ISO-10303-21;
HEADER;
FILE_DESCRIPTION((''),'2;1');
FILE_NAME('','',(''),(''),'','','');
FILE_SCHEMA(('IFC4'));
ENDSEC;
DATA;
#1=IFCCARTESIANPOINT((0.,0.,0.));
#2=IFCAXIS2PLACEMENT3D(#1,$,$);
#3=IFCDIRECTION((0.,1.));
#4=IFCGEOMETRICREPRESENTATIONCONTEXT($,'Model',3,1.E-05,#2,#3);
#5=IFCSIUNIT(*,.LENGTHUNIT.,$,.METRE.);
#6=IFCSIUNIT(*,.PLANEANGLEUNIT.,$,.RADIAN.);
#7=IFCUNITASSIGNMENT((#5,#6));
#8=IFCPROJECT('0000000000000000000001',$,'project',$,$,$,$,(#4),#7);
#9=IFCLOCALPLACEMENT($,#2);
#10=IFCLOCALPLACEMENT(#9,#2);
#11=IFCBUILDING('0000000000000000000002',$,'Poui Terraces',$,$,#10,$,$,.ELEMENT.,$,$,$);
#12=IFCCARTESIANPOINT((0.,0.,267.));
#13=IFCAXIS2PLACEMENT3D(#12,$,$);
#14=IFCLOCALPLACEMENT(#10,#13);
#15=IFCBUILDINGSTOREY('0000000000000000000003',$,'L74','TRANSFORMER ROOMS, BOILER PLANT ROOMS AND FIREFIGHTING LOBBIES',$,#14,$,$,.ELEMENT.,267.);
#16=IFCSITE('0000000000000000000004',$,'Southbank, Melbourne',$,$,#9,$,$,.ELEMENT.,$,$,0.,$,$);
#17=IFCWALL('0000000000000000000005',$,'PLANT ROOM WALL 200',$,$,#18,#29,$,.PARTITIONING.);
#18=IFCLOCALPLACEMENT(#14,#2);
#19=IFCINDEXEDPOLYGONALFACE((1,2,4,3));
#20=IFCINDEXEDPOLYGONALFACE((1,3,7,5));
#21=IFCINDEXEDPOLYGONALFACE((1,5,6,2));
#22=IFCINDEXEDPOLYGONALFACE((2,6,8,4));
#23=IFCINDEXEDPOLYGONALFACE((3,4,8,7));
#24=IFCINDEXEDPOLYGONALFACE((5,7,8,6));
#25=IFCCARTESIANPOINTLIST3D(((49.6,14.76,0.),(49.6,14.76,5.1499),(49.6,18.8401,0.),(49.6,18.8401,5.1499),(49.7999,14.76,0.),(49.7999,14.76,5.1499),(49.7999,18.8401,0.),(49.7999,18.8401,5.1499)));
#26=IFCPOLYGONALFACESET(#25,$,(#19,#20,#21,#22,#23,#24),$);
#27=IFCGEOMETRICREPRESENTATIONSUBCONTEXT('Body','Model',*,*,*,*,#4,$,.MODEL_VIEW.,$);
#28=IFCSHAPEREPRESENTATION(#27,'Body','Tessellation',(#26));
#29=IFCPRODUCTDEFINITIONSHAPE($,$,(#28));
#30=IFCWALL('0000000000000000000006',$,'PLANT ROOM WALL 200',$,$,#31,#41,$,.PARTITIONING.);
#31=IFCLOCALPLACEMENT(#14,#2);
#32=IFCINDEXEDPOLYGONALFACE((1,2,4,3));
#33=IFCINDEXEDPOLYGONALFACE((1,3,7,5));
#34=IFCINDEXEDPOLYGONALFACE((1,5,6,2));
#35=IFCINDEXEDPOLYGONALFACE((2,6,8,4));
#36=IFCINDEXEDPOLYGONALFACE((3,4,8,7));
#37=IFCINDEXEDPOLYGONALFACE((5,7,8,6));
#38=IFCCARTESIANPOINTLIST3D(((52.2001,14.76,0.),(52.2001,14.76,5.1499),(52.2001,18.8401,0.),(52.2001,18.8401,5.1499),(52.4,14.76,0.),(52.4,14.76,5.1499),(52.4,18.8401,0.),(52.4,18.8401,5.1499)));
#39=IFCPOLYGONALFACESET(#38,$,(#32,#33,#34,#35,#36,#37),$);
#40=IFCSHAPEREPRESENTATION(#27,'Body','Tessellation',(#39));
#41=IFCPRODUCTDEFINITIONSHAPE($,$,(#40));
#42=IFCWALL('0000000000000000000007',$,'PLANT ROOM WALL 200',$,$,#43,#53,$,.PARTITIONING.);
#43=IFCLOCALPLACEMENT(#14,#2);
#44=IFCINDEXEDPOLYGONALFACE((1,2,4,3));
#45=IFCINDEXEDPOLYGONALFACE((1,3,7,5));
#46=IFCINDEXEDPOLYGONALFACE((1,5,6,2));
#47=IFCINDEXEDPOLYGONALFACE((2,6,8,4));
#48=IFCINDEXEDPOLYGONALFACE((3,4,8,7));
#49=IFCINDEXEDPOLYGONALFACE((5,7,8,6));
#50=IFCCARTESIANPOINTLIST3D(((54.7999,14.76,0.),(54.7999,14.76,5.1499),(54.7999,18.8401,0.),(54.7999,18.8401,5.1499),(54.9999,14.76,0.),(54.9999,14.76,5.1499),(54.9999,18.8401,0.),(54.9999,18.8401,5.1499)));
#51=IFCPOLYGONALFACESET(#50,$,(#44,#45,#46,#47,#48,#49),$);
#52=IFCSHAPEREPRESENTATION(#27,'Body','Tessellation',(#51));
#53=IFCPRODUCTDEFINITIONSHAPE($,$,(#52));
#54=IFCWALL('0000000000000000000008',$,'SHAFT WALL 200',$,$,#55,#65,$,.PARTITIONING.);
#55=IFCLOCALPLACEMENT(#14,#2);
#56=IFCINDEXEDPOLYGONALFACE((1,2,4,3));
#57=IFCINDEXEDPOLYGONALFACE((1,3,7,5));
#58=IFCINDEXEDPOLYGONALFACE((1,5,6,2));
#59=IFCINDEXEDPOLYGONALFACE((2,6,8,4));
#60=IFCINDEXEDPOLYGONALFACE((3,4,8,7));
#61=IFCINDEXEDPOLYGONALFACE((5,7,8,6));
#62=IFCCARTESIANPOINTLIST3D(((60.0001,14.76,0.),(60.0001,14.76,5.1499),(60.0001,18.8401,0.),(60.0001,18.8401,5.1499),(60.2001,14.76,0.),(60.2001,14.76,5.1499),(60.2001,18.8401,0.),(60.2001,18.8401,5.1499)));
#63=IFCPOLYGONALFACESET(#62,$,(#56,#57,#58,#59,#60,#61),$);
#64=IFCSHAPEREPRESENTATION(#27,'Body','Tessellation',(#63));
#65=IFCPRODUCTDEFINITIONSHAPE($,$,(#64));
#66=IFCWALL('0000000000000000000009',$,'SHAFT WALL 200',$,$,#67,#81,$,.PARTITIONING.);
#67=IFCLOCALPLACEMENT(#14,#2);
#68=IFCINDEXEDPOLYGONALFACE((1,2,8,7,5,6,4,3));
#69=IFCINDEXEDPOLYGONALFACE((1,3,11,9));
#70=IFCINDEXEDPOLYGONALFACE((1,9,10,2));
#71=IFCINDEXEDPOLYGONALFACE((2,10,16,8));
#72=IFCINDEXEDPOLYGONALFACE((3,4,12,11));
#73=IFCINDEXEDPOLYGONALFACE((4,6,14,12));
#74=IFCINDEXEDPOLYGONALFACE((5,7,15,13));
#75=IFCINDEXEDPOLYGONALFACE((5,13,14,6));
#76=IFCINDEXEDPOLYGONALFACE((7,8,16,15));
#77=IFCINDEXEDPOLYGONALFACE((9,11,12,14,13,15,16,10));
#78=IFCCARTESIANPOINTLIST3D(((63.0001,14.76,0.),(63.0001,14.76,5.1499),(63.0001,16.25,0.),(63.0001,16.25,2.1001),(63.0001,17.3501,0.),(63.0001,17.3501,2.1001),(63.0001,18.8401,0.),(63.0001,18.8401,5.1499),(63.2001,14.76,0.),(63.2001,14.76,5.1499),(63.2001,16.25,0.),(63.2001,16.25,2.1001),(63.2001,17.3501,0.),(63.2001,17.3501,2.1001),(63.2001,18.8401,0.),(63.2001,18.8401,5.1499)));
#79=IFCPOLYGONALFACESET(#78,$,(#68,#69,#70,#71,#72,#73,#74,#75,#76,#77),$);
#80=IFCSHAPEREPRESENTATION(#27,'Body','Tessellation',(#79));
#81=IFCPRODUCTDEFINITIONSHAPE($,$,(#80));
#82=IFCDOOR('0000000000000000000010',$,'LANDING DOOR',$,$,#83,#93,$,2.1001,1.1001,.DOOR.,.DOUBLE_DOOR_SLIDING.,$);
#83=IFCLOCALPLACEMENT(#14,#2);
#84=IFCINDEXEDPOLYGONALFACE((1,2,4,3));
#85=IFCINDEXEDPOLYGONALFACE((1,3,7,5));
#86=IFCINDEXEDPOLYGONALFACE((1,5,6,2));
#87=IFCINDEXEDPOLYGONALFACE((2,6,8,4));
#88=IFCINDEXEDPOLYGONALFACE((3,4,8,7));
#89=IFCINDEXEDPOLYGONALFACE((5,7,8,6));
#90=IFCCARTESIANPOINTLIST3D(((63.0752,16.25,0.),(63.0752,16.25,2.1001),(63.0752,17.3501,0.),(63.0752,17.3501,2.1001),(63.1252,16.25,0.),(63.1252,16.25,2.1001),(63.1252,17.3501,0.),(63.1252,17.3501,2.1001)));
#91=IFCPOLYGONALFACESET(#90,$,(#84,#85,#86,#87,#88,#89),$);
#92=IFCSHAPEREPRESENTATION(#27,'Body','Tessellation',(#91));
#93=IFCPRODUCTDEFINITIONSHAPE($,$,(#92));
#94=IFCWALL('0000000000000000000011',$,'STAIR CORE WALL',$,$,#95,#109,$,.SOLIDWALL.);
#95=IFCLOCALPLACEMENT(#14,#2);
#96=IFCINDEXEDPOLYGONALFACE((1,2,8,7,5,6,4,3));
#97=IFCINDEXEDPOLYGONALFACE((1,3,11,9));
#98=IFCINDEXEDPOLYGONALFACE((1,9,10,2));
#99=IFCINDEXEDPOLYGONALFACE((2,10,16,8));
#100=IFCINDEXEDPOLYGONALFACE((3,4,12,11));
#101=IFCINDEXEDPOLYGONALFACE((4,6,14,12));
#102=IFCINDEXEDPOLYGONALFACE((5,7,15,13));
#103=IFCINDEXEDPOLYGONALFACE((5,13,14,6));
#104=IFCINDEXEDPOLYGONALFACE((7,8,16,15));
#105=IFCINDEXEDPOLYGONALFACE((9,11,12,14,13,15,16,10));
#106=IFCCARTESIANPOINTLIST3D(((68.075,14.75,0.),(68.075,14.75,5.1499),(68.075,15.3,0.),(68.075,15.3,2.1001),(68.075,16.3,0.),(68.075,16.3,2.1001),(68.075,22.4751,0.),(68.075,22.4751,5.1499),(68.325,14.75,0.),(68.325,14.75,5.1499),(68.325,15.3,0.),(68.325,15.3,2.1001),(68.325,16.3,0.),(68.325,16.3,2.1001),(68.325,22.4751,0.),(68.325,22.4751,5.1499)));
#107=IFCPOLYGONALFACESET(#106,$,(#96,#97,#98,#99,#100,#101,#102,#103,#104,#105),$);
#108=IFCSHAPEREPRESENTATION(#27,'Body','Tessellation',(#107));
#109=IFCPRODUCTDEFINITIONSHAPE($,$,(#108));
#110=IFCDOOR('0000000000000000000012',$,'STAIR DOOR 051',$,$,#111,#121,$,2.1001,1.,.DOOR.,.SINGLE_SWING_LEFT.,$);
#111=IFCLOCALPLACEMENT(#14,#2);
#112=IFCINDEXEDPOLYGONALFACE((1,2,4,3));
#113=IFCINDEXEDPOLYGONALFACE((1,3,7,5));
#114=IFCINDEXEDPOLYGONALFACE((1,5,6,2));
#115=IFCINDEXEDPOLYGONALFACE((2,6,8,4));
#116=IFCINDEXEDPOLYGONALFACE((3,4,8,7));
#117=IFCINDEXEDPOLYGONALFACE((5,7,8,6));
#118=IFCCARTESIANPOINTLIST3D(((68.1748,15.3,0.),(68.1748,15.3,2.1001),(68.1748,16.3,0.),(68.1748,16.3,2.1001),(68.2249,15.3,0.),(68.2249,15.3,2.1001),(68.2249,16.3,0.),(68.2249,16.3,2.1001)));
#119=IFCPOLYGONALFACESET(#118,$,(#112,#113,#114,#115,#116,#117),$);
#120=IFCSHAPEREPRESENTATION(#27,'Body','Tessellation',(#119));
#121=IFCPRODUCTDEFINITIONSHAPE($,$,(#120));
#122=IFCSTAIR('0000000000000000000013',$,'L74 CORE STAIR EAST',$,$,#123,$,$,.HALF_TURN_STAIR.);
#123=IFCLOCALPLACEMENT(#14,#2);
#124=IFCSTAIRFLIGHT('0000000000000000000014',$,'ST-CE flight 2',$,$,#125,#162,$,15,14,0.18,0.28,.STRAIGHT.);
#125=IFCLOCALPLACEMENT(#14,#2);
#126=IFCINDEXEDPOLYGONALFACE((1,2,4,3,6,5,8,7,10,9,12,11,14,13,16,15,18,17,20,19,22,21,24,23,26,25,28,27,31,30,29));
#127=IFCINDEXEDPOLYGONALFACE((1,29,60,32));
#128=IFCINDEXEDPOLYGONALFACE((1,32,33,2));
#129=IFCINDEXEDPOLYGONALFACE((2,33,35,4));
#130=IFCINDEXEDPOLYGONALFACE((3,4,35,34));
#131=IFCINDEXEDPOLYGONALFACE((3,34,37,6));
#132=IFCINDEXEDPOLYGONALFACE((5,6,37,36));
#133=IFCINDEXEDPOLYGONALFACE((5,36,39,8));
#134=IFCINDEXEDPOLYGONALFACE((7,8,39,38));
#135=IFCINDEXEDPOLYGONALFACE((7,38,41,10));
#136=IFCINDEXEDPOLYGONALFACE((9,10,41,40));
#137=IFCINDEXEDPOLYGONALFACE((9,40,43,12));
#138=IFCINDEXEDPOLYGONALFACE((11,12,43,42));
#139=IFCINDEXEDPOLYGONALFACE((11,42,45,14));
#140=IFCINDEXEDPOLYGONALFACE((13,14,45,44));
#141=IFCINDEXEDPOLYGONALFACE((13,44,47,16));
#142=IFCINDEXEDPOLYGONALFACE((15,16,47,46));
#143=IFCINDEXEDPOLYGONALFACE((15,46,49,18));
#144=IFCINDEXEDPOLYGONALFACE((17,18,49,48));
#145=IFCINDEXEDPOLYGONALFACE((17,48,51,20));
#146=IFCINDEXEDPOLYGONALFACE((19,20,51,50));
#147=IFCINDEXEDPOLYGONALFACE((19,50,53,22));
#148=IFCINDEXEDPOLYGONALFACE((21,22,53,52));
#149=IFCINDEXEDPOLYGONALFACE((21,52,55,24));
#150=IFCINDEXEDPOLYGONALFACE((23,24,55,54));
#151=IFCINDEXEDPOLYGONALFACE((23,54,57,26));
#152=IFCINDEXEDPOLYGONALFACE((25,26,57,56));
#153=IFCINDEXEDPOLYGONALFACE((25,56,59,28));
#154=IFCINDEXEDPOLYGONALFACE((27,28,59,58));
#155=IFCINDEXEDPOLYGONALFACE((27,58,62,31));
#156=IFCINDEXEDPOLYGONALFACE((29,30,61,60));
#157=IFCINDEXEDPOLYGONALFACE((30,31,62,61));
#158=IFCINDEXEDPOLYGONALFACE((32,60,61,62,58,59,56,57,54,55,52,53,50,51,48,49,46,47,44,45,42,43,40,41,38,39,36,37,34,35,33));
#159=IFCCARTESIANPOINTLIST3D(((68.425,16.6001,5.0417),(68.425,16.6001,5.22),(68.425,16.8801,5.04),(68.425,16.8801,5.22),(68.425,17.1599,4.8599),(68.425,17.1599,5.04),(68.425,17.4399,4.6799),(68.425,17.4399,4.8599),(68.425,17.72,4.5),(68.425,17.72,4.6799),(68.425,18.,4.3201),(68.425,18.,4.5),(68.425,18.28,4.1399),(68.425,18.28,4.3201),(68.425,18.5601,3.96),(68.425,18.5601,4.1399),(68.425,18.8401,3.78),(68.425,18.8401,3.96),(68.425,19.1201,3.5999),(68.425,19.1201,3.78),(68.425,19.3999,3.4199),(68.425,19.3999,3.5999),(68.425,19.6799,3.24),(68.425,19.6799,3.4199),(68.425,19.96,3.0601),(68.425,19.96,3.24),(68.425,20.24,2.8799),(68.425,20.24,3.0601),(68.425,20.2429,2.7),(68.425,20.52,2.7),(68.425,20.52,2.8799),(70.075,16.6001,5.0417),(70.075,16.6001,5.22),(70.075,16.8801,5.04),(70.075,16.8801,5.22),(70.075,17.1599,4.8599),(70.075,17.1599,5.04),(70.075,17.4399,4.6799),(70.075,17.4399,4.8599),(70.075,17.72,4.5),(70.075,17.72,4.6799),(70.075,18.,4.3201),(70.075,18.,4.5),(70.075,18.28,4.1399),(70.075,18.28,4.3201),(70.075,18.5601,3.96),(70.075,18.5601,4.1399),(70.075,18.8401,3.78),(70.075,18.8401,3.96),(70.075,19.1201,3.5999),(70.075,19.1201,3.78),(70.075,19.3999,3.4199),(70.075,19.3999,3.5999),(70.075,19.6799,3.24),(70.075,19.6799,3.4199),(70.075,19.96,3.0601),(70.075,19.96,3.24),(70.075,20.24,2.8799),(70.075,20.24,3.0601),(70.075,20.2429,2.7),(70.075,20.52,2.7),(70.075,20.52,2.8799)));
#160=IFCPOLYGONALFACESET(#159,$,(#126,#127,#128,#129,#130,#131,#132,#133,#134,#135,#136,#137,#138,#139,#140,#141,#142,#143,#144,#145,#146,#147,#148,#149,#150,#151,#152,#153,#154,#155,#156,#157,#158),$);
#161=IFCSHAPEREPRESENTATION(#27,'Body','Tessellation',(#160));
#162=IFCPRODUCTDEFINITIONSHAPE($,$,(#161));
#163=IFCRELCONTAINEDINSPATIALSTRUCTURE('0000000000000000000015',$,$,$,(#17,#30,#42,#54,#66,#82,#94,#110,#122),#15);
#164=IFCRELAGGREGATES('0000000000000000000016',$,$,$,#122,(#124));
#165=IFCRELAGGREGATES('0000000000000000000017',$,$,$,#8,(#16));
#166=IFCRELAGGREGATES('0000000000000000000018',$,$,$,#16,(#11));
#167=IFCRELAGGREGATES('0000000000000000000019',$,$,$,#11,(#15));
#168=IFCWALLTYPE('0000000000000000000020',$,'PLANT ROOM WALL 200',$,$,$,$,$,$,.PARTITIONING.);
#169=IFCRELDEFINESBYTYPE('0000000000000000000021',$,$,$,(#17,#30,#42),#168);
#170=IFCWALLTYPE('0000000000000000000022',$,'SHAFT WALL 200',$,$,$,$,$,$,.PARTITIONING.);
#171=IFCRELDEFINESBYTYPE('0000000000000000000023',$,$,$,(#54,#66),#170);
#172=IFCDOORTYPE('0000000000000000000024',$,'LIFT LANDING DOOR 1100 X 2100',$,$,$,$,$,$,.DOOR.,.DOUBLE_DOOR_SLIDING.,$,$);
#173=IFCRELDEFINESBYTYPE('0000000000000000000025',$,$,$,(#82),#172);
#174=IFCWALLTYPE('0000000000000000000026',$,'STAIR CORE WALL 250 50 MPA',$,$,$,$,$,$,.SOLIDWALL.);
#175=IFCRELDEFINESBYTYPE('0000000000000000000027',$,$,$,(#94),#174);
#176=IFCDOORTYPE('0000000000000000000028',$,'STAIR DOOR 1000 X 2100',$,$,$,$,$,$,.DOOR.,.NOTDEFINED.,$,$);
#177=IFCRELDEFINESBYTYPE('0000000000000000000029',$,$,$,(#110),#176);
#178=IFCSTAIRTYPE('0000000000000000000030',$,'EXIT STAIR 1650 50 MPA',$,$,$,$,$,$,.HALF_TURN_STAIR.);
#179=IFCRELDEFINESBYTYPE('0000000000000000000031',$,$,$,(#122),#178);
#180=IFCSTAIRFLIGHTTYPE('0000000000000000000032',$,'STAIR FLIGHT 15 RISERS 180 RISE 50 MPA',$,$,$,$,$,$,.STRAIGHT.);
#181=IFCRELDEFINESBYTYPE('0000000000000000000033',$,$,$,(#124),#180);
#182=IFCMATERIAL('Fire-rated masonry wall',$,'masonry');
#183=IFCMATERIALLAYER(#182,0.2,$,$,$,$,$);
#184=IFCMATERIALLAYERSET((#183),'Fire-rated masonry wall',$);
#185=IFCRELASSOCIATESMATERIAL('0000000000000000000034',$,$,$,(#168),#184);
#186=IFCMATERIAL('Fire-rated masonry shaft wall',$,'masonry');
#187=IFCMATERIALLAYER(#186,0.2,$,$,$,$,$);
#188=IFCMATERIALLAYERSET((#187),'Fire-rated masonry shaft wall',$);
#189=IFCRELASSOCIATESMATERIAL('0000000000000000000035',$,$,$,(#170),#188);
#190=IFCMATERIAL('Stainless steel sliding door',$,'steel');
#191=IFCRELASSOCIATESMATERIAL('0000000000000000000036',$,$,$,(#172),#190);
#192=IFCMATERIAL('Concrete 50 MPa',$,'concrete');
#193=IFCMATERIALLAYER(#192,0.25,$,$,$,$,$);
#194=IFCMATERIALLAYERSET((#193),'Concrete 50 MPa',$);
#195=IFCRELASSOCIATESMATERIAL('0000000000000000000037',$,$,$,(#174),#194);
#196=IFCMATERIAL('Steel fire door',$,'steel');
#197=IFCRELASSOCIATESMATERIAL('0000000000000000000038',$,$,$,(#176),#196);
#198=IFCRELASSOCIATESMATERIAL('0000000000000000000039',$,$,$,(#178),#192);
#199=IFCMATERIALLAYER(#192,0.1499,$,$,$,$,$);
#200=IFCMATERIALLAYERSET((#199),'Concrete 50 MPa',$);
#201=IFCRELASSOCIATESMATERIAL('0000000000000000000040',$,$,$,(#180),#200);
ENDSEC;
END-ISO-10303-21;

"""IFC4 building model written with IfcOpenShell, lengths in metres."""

from ifc_helpers import new_model, si_unit, direction, frame, frame_2d, origin, place, context, subcontext, project, spatial, polyline, rectangle, outline, extrude, material, layer, layer_set, type_object, element, fill, aggregate, save


model = new_model("IFC4")

# Units and contexts
model_context = context("Model", 3, precision=1e-05, world=origin(), true_north=direction((0.0, 1.0)))
body_context = subcontext(model_context, "Body", "Model", "MODEL_VIEW")
ifc_project = project(units=[si_unit("LENGTHUNIT", "METRE"), si_unit("PLANEANGLEUNIT", "RADIAN")], contexts=[model_context])

# Site, building, storey
site_placement = place(None, origin())
site = spatial("IfcSite", under=ifc_project, at=site_placement, Name="Southbank, Melbourne", CompositionType="ELEMENT", RefElevation=0.0)
building_placement = place(site_placement, origin())
building = spatial("IfcBuilding", under=site, at=building_placement, Name="Poui Terraces", CompositionType="ELEMENT")
storey_placement = place(building_placement, frame((0.0, 0.0, 267.0)))
storey = spatial("IfcBuildingStorey", under=building, at=storey_placement, Name="L74", Description="TRANSFORMER ROOMS, BOILER PLANT ROOMS AND FIREFIGHTING LOBBIES", CompositionType="ELEMENT", Elevation=267.0)

# Shared definitions
ifc_material_1 = material(Name="Concrete 50 MPa", Category="concrete")

# Shared definitions
ifc_material_2 = material(Name="Steel fire door", Category="steel")

# Walls
ifc_material_3 = material(Name="Fire-rated masonry wall", Category="masonry")
ifc_layer_1 = layer(ifc_material_3, 0.2)
ifc_layer_set_1 = layer_set([ifc_layer_1], Name="Fire-rated masonry wall")
wall_type_1 = type_object("IfcWallType", Name="PLANT ROOM WALL 200", PredefinedType="PARTITIONING", material=ifc_layer_set_1)
for number, where, z_axis, x_axis, name in (
    (1, (49.7, 14.76, 0.0), (0.0, 0.0, 1.0), (0.0, 1.0, 0.0), "PLANT ROOM WALL 200"),
    (2, (52.3, 14.76, 0.0), (0.0, 0.0, 1.0), (0.0, 1.0, 0.0), "PLANT ROOM WALL 200"),
    (3, (54.8999, 14.76, 0.0), (0.0, 0.0, 1.0), (0.0, 1.0, 0.0), "PLANT ROOM WALL 200"),
):
    element("IfcWall", number, at=place(storey_placement, frame(where, z_axis=z_axis, x_axis=x_axis)), inside=storey, type_object=wall_type_1, Name=name, PredefinedType="PARTITIONING", context=body_context, shape_type="SweptSolid", body=[
        extrude(rectangle(XDim=4.0801, YDim=0.2, at=frame_2d((2.04, 0.0))), origin(), (0.0, 0.0, 1.0), 5.1499),
    ])
ifc_material_4 = material(Name="Fire-rated masonry shaft wall", Category="masonry")
ifc_layer_2 = layer(ifc_material_4, 0.2)
ifc_layer_set_2 = layer_set([ifc_layer_2], Name="Fire-rated masonry shaft wall")
wall_type_2 = type_object("IfcWallType", Name="SHAFT WALL 200", PredefinedType="PARTITIONING", material=ifc_layer_set_2)
wall_1_placement = place(storey_placement, frame((60.1001, 14.76, 0.0), z_axis=(0.0, 0.0, 1.0), x_axis=(0.0, 1.0, 0.0)))
element("IfcWall", 4, at=wall_1_placement, inside=storey, type_object=wall_type_2, Name="SHAFT WALL 200", PredefinedType="PARTITIONING", context=body_context, shape_type="SweptSolid", body=[
    extrude(rectangle(XDim=4.0801, YDim=0.2, at=frame_2d((2.04, 0.0))), origin(), (0.0, 0.0, 1.0), 5.1499),
])

# Walls, openings, doors
wall_2_placement = place(storey_placement, frame((63.1001, 14.76, 0.0), z_axis=(0.0, 0.0, 1.0), x_axis=(0.0, 1.0, 0.0)))
wall_2 = element("IfcWall", 5, at=wall_2_placement, inside=storey, type_object=wall_type_2, Name="SHAFT WALL 200", PredefinedType="PARTITIONING", context=body_context, shape_type="SweptSolid", body=[
    extrude(rectangle(XDim=4.0801, YDim=0.2, at=frame_2d((2.04, 0.0))), origin(), (0.0, 0.0, 1.0), 5.1499),
])
opening_1_placement = place(wall_2_placement, frame((1.49, 0.0, 0.0)))
opening_1 = element("IfcOpeningElement", 6, at=opening_1_placement, cuts=wall_2, PredefinedType="OPENING", context=body_context, shape_type="SweptSolid", body=[
    extrude(rectangle(XDim=1.1001, YDim=2.1001, at=frame_2d((0.55, 1.05))), frame((0.0, 0.1099, 0.0), z_axis=(0.0, -1.0, 0.0), x_axis=(1.0, 0.0, 0.0)), (0.0, 0.0, 1.0), 0.22),
])
ifc_material_5 = material(Name="Stainless steel sliding door", Category="steel")
door_type_1 = type_object("IfcDoorType", Name="LIFT LANDING DOOR 1100 X 2100", OperationType="DOUBLE_DOOR_SLIDING", PredefinedType="DOOR", material=ifc_material_5)
door_1_placement = place(opening_1_placement, origin())
door_1 = element("IfcDoor", 7, at=door_1_placement, inside=storey, type_object=door_type_1, Name="LANDING DOOR", OperationType="DOUBLE_DOOR_SLIDING", OverallHeight=2.1001, OverallWidth=1.1001, PredefinedType="DOOR", context=body_context, shape_type="SweptSolid", body=[
    extrude(rectangle(XDim=1.1001, YDim=2.1001, at=frame_2d((0.55, 1.05))), frame((0.0, 0.0249, 0.0), z_axis=(0.0, -1.0, 0.0), x_axis=(1.0, 0.0, 0.0)), (0.0, 0.0, 1.0), 0.05),
])
fill(opening_1, door_1)
ifc_layer_3 = layer(ifc_material_1, 0.25)
ifc_layer_set_3 = layer_set([ifc_layer_3], Name="Concrete 50 MPa")
wall_type_3 = type_object("IfcWallType", Name="STAIR CORE WALL 250 50 MPA", PredefinedType="SOLIDWALL", material=ifc_layer_set_3)
wall_3_placement = place(storey_placement, frame((68.2, 14.75, 0.0), z_axis=(0.0, 0.0, 1.0), x_axis=(0.0, 1.0, 0.0)))
wall_3 = element("IfcWall", 8, at=wall_3_placement, inside=storey, type_object=wall_type_3, Name="STAIR CORE WALL", PredefinedType="SOLIDWALL", context=body_context, shape_type="SweptSolid", body=[
    extrude(rectangle(XDim=7.7251, YDim=0.25, at=frame_2d((3.8625, 0.0))), origin(), (0.0, 0.0, 1.0), 5.1499),
])
opening_2_placement = place(wall_3_placement, frame((0.55, 0.0, 0.0)))
opening_2 = element("IfcOpeningElement", 9, at=opening_2_placement, cuts=wall_3, PredefinedType="OPENING", context=body_context, shape_type="SweptSolid", body=[
    extrude(rectangle(XDim=1.0, YDim=2.1001, at=frame_2d((0.5, 1.05))), frame((0.0, 0.135, 0.0), z_axis=(0.0, -1.0, 0.0), x_axis=(1.0, 0.0, 0.0)), (0.0, 0.0, 1.0), 0.27),
])
door_type_2 = type_object("IfcDoorType", Name="STAIR DOOR 1000 X 2100", OperationType="NOTDEFINED", PredefinedType="DOOR", material=ifc_material_2)
door_2_placement = place(opening_2_placement, frame((1.0, 0.0, 0.0), z_axis=(0.0, 0.0, 1.0), x_axis=(-1.0, 0.0, 0.0)))
door_2 = element("IfcDoor", 10, at=door_2_placement, inside=storey, type_object=door_type_2, Name="STAIR DOOR 051", OperationType="SINGLE_SWING_LEFT", OverallHeight=2.1001, OverallWidth=1.0, PredefinedType="DOOR", context=body_context, shape_type="SweptSolid", body=[
    extrude(rectangle(XDim=1.0, YDim=2.1001, at=frame_2d((0.5, 1.05))), frame((0.0, 0.0249, 0.0), z_axis=(0.0, -1.0, 0.0), x_axis=(1.0, 0.0, 0.0)), (0.0, 0.0, 1.0), 0.05),
])
fill(opening_2, door_2)

# Stair, stair flight
stair_type = type_object("IfcStairType", Name="EXIT STAIR 1650 50 MPA", PredefinedType="HALF_TURN_STAIR", material=ifc_material_1)
stair_placement = place(storey_placement, origin())
stair = element("IfcStair", 11, at=stair_placement, inside=storey, type_object=stair_type, Name="L74 CORE STAIR EAST", PredefinedType="HALF_TURN_STAIR")
ifc_layer_4 = layer(ifc_material_1, 0.1499)
ifc_layer_set_4 = layer_set([ifc_layer_4], Name="Concrete 50 MPa")
stair_flight_type = type_object("IfcStairFlightType", Name="STAIR FLIGHT 15 RISERS 180 RISE 50 MPA", PredefinedType="STRAIGHT", material=ifc_layer_set_4)
stair_flight_placement = place(storey_placement, frame((69.25, 20.52, 2.7), z_axis=(0.0, 0.0, 1.0), x_axis=(0.0, -1.0, 0.0)))
stair_flight = element("IfcStairFlight", 12, at=stair_flight_placement, type_object=stair_flight_type, Name="ST-CE flight 2", NumberOfRisers=15, NumberOfTreads=14, PredefinedType="STRAIGHT", RiserHeight=0.18, TreadLength=0.28, context=body_context, shape_type="SweptSolid", body=[
    extrude(outline(polyline([(0.0, 0.0), (0.0, 0.1799), (0.28, 0.1799), (0.28, 0.3601), (0.5601, 0.3601), (0.5601, 0.54), (0.8401, 0.54), (0.8401, 0.72), (1.1201, 0.72), (1.1201, 0.8999), (1.3999, 0.8999), (1.3999, 1.0801), (1.6799, 1.0801), (1.6799, 1.26), (1.96, 1.26), (1.96, 1.4399), (2.24, 1.4399), (2.24, 1.6201), (2.52, 1.6201), (2.52, 1.8), (2.8, 1.8), (2.8, 1.98), (3.0801, 1.98), (3.0801, 2.1599), (3.3601, 2.1599), (3.3601, 2.3401), (3.6399, 2.3401), (3.6399, 2.52), (3.9199, 2.52), (3.9199, 2.7), (3.9199, 2.3418), (0.2771, 0.0), (0.0, 0.0)])), frame((0.0, 0.825, 0.0), z_axis=(0.0, -1.0, 0.0), x_axis=(1.0, 0.0, 0.0)), (0.0, 0.0, 1.0), 1.6499),
])
aggregate(stair, [stair_flight])

save(model, "model.ifc")
